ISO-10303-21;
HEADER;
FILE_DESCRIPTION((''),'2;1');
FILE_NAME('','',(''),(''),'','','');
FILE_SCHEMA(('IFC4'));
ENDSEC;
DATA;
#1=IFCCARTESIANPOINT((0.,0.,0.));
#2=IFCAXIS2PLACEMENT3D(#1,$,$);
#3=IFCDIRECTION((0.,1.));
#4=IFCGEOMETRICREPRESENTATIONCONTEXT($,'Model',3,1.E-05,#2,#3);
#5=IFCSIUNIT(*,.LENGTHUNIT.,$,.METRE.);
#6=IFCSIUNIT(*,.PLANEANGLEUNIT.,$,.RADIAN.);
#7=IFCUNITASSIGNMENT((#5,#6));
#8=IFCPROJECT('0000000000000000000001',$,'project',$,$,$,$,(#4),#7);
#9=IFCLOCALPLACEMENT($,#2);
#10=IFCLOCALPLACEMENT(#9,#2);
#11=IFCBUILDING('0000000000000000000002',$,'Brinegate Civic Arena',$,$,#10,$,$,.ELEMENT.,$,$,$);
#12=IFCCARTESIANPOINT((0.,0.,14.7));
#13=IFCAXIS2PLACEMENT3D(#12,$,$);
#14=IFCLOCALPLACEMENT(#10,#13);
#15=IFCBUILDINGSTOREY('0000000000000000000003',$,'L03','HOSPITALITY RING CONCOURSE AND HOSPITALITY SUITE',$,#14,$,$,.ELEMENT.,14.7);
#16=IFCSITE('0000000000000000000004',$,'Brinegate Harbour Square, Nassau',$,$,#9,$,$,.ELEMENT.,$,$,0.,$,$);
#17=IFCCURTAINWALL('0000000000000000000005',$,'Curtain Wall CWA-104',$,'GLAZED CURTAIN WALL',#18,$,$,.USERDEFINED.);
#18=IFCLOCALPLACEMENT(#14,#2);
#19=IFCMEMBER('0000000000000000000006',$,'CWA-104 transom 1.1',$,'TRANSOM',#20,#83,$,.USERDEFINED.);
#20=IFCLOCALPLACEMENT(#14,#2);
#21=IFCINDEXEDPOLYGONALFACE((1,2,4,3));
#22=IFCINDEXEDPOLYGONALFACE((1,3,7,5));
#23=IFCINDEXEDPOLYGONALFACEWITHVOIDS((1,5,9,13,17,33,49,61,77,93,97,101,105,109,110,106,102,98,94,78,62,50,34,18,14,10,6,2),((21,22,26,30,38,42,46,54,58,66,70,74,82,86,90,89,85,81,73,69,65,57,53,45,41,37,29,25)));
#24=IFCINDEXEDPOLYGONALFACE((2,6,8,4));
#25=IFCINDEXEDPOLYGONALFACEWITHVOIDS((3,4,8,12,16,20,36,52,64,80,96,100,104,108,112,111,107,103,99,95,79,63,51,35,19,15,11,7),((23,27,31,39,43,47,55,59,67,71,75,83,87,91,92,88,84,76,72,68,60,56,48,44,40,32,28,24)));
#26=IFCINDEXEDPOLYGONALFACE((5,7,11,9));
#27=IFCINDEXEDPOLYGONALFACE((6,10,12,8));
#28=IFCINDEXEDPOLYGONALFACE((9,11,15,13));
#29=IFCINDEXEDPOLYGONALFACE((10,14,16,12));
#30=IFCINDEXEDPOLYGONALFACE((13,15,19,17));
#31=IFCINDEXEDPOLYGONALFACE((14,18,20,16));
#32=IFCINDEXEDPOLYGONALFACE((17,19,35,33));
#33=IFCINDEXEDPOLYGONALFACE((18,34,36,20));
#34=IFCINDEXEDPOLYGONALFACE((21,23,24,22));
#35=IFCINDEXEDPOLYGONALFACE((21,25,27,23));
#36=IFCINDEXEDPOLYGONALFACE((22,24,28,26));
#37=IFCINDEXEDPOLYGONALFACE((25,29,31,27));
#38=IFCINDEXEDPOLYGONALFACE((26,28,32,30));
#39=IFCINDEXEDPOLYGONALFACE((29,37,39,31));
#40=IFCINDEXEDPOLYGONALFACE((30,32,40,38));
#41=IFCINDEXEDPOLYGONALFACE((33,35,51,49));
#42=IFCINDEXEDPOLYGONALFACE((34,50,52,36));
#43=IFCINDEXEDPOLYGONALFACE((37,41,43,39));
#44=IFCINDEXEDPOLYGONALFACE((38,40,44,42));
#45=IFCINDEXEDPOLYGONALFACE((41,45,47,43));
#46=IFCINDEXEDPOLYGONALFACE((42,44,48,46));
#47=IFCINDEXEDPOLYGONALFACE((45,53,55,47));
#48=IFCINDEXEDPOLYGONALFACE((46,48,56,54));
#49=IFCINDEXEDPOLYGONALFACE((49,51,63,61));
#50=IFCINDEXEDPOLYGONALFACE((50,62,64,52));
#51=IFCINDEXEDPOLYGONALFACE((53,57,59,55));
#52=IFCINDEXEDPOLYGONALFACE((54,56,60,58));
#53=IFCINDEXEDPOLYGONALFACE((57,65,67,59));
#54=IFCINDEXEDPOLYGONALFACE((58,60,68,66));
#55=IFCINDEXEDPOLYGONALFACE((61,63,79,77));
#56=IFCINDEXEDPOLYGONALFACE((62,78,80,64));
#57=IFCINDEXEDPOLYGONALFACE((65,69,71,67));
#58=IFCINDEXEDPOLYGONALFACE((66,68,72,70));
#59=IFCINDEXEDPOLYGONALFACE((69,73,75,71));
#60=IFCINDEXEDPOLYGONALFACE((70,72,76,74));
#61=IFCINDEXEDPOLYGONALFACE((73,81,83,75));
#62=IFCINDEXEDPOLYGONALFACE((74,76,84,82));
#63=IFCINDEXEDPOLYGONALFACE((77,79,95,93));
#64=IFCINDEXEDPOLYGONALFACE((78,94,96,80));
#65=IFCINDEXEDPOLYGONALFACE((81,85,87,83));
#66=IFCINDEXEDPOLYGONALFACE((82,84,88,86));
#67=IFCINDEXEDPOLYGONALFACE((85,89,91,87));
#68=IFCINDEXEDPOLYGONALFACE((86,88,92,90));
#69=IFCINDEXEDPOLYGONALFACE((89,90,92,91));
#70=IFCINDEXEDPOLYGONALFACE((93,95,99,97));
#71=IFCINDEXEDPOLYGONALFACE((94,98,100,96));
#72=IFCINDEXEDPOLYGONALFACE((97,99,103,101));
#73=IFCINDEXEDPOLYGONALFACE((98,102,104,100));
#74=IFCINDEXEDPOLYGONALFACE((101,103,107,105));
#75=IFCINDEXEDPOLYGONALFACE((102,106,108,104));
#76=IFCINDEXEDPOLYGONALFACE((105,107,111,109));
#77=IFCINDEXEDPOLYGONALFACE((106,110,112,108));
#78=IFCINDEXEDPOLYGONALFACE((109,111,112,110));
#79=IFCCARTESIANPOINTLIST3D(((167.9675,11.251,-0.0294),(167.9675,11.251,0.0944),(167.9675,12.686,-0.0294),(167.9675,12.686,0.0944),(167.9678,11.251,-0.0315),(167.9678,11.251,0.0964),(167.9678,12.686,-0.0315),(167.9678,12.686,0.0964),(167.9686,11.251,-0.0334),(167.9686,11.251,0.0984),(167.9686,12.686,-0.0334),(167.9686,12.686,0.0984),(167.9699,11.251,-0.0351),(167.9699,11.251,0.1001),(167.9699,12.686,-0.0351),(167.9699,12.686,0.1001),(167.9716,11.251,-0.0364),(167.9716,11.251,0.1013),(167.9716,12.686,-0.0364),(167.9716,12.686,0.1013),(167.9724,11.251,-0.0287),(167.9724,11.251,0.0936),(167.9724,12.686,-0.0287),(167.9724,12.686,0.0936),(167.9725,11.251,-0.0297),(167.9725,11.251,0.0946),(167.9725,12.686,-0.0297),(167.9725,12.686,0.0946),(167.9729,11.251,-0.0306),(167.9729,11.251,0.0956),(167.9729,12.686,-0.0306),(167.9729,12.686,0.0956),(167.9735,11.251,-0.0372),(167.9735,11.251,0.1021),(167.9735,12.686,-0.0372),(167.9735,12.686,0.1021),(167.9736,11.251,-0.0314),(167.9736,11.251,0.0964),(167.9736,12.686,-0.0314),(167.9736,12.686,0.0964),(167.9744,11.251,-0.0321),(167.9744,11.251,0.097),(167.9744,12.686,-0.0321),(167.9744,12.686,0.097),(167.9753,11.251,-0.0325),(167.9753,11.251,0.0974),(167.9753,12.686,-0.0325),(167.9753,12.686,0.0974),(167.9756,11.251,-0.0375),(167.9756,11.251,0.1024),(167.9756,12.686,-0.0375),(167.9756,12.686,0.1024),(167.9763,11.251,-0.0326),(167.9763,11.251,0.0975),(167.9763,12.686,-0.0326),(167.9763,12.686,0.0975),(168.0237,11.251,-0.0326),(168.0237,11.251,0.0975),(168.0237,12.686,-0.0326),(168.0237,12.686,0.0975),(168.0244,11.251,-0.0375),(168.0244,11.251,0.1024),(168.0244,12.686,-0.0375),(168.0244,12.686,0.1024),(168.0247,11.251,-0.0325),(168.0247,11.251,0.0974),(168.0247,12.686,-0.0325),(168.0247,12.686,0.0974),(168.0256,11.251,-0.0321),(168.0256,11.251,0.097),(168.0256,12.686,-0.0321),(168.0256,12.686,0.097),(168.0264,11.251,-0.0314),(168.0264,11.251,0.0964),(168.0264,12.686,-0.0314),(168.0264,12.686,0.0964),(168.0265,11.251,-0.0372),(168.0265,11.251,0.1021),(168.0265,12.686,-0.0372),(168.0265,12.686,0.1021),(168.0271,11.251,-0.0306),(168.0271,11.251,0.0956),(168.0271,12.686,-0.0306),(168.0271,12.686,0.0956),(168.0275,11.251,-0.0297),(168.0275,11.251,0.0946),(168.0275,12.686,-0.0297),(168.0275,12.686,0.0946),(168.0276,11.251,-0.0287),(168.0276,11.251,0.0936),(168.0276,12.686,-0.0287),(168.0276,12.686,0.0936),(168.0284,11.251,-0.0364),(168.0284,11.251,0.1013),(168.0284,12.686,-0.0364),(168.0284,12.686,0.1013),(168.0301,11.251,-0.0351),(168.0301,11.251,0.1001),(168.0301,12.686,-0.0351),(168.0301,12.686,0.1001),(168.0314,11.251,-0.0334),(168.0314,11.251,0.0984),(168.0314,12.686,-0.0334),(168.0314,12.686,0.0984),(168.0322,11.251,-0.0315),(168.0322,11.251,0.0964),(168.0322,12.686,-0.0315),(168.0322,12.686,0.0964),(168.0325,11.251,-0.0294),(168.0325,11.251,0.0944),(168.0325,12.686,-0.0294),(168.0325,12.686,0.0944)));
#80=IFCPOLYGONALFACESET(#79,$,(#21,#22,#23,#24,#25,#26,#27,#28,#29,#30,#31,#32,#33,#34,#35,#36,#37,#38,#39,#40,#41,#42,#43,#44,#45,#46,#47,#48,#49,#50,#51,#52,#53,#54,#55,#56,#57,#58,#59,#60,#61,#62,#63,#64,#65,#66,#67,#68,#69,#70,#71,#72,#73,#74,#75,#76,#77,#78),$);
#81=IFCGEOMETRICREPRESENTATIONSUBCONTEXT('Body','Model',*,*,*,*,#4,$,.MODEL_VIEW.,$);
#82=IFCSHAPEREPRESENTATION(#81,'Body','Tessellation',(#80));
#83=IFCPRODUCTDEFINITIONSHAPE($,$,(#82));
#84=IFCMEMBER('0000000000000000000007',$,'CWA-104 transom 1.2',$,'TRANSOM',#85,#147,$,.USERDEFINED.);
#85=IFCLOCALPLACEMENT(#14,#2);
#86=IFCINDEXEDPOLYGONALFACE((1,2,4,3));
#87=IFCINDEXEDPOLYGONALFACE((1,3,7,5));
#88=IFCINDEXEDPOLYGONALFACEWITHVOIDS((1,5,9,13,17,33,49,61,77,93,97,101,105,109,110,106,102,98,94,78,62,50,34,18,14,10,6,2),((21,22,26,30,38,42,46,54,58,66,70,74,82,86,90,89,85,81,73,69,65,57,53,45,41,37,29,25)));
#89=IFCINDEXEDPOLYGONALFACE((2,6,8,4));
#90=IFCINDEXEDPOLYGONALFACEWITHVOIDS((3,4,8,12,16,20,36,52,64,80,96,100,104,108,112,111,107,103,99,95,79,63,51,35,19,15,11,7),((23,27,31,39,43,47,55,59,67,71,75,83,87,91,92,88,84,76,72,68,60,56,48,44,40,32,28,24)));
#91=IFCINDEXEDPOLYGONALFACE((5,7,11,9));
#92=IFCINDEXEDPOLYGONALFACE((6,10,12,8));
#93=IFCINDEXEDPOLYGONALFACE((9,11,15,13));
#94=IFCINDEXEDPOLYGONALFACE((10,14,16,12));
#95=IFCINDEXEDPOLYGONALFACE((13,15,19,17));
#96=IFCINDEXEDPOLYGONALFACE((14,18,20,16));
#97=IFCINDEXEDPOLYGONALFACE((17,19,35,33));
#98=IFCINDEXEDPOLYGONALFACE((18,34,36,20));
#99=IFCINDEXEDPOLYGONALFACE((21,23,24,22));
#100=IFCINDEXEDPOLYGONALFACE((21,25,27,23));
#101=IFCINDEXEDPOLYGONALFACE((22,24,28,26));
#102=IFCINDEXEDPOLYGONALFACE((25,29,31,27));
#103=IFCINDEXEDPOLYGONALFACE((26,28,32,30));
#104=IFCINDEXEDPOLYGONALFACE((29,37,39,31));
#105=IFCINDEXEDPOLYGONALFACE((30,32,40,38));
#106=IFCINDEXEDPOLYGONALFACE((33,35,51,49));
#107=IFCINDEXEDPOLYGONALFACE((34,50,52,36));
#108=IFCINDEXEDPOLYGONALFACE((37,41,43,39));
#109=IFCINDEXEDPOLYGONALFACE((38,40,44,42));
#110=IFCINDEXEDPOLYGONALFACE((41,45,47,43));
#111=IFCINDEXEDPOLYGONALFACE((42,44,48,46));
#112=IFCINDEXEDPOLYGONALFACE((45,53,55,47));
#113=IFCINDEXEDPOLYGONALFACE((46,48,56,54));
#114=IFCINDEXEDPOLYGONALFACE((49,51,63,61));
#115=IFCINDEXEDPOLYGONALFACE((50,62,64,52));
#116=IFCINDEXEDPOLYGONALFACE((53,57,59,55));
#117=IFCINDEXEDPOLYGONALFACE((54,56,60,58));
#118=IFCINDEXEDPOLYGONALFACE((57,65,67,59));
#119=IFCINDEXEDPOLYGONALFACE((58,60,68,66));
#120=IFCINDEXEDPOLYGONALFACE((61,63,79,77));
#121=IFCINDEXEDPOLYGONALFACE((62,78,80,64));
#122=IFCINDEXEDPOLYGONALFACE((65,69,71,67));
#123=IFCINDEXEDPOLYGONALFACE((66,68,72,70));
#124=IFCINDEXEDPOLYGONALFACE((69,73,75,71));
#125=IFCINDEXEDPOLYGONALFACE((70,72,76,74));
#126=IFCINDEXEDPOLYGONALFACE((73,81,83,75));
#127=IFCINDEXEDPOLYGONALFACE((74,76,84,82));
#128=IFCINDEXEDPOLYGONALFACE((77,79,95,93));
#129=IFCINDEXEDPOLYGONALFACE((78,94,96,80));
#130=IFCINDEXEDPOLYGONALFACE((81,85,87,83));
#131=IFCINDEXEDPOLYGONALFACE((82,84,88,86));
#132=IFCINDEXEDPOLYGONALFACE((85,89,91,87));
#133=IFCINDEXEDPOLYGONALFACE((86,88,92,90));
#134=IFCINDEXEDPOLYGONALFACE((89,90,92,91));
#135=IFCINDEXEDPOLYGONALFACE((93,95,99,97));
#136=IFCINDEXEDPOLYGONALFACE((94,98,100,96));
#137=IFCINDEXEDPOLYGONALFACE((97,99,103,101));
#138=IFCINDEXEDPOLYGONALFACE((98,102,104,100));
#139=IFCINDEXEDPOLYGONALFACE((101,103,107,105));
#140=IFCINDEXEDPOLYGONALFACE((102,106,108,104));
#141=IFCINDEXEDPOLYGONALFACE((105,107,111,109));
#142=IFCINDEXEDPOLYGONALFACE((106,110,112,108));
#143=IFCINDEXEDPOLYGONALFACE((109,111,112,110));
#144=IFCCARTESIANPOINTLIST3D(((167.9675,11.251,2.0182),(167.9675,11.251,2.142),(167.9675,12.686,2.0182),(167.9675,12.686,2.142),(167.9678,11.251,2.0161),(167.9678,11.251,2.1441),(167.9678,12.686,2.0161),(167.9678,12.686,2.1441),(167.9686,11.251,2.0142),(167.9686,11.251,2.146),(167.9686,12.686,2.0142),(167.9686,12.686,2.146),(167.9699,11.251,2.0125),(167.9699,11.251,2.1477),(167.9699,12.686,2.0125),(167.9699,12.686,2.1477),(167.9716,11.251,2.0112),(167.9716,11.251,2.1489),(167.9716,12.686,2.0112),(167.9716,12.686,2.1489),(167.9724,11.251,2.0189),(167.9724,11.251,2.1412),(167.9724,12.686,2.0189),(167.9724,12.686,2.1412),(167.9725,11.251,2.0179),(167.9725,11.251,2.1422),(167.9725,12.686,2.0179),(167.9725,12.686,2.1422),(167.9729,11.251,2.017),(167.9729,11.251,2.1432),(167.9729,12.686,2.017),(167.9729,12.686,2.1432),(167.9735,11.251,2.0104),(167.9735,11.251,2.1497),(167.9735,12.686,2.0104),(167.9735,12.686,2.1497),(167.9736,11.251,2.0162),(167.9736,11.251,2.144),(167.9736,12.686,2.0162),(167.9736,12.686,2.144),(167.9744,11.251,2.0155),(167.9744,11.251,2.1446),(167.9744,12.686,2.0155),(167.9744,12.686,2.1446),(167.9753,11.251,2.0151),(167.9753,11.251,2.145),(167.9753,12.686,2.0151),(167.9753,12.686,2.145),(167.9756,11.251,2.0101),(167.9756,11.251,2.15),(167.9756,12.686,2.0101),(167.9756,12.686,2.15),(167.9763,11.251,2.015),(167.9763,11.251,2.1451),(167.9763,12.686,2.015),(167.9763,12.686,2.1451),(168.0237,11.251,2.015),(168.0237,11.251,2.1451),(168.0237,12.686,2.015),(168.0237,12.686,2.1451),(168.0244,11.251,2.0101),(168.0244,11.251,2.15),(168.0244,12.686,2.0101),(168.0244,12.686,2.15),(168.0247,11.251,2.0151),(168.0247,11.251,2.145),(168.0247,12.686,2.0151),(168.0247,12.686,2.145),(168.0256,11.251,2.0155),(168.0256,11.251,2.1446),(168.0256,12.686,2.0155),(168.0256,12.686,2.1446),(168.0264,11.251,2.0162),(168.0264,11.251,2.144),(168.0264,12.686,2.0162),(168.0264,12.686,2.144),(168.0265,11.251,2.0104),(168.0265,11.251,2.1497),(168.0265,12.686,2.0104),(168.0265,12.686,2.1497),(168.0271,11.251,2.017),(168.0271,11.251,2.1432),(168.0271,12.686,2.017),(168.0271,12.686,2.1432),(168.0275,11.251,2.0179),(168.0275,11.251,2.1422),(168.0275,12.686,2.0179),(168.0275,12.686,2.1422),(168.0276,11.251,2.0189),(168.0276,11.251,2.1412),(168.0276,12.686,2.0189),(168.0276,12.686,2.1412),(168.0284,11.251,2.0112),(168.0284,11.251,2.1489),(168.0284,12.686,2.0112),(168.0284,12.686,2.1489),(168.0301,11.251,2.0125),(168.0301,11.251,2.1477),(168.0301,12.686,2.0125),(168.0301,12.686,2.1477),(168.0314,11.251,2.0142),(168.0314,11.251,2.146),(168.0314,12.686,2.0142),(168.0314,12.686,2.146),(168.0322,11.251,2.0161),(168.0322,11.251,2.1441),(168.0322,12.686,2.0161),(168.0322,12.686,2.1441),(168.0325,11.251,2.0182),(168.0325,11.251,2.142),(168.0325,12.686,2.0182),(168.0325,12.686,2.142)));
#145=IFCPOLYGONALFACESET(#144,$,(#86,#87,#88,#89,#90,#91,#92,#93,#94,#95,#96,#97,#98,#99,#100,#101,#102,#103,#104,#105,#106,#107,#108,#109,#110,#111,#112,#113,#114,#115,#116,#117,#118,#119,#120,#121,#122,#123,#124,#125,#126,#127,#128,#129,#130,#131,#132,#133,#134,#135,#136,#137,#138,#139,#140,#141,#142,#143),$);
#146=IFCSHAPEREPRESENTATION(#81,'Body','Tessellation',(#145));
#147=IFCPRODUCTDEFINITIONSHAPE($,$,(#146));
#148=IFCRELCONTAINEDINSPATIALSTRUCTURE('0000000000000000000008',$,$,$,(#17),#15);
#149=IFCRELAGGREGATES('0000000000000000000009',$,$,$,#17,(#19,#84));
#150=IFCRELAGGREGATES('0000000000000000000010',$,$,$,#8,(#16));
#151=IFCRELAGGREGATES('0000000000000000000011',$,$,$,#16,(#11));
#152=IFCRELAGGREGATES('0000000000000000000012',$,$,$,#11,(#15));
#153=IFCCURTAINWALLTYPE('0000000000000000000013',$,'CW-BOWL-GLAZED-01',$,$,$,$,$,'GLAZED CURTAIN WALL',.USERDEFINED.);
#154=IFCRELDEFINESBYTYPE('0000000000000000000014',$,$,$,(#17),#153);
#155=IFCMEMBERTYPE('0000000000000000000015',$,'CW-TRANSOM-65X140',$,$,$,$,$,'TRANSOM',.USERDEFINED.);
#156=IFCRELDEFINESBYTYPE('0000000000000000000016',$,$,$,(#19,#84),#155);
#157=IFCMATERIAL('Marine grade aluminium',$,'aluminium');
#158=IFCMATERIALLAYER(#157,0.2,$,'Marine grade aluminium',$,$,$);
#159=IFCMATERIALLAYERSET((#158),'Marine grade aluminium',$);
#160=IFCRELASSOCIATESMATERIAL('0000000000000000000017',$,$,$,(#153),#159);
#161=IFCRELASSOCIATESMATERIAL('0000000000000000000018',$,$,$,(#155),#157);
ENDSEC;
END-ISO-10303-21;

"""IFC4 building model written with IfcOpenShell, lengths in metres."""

from ifc_helpers import new_model, si_unit, direction, frame, origin, origin_2d, place, context, subcontext, project, spatial, hollow_rectangle, extrude, material, layer, layer_set, material_profile, profile_set, type_object, element, aggregate, save


model = new_model("IFC4")

# Units and contexts
model_context = context("Model", 3, precision=1e-05, world=origin(), true_north=direction((0.0, 1.0)))
body_context = subcontext(model_context, "Body", "Model", "MODEL_VIEW")
ifc_project = project(units=[si_unit("LENGTHUNIT", "METRE"), si_unit("PLANEANGLEUNIT", "RADIAN")], contexts=[model_context])

# Site, building, storey
site_placement = place(None, origin())
site = spatial("IfcSite", under=ifc_project, at=site_placement, Name="Brinegate Harbour Square, Nassau", CompositionType="ELEMENT", RefElevation=0.0)
building_placement = place(site_placement, origin())
building = spatial("IfcBuilding", under=site, at=building_placement, Name="Brinegate Civic Arena", CompositionType="ELEMENT")
storey_placement = place(building_placement, frame((0.0, 0.0, 14.7)))
storey = spatial("IfcBuildingStorey", under=building, at=storey_placement, Name="L03", Description="HOSPITALITY RING CONCOURSE AND HOSPITALITY SUITE", CompositionType="ELEMENT", Elevation=14.7)

# Curtain wall, members
ifc_material_1 = material(Name="Marine grade aluminium", Category="aluminium")
ifc_layer_1 = layer(ifc_material_1, 0.2, Name="Marine grade aluminium")
ifc_layer_set_1 = layer_set([ifc_layer_1], Name="Marine grade aluminium")
curtain_wall_type = type_object("IfcCurtainWallType", Name="CW-BOWL-GLAZED-01", ElementType="GLAZED CURTAIN WALL", PredefinedType="USERDEFINED", material=ifc_layer_set_1)
curtain_wall_placement = place(storey_placement, origin())
curtain_wall = element("IfcCurtainWall", 1, at=curtain_wall_placement, inside=storey, type_object=curtain_wall_type, Name="Curtain Wall CWA-104", ObjectType="GLAZED CURTAIN WALL", PredefinedType="USERDEFINED")
ifc_material_profile_1 = material_profile(ifc_material_1, hollow_rectangle(XDim=0.0649, YDim=0.1399, WallThickness=0.0049, InnerFilletRadius=0.0039, OuterFilletRadius=0.0081, at=origin_2d()), Name="TRN65X140")
ifc_profile_set_1 = profile_set([ifc_material_profile_1], Name="Marine grade aluminium")
member_type_1 = type_object("IfcMemberType", Name="CW-TRANSOM-65X140", ElementType="TRANSOM", PredefinedType="USERDEFINED", material=ifc_profile_set_1)
member_1_placement = place(storey_placement, frame((168.0, 11.251, 0.0325), z_axis=(0.0, 1.0, 0.0), x_axis=(-1.0, 0.0, 0.0)))
member_1 = element("IfcMember", 2, at=member_1_placement, type_object=member_type_1, Name="CWA-104 transom 1.1", ObjectType="TRANSOM", PredefinedType="USERDEFINED", context=body_context, shape_type="SweptSolid", body=[
    extrude(hollow_rectangle(XDim=0.0649, YDim=0.1399, WallThickness=0.0049, InnerFilletRadius=0.0039, OuterFilletRadius=0.0081, at=origin_2d()), origin(), (0.0, 0.0, 1.0), 1.4351),
])
member_2_placement = place(storey_placement, frame((168.0, 11.251, 2.0801), z_axis=(0.0, 1.0, 0.0), x_axis=(-1.0, 0.0, 0.0)))
member_2 = element("IfcMember", 3, at=member_2_placement, type_object=member_type_1, Name="CWA-104 transom 1.2", ObjectType="TRANSOM", PredefinedType="USERDEFINED", context=body_context, shape_type="SweptSolid", body=[
    extrude(hollow_rectangle(XDim=0.0649, YDim=0.1399, WallThickness=0.0049, InnerFilletRadius=0.0039, OuterFilletRadius=0.0081, at=origin_2d()), origin(), (0.0, 0.0, 1.0), 1.4351),
])

aggregate(curtain_wall, [member_1, member_2])

save(model, "model.ifc")
